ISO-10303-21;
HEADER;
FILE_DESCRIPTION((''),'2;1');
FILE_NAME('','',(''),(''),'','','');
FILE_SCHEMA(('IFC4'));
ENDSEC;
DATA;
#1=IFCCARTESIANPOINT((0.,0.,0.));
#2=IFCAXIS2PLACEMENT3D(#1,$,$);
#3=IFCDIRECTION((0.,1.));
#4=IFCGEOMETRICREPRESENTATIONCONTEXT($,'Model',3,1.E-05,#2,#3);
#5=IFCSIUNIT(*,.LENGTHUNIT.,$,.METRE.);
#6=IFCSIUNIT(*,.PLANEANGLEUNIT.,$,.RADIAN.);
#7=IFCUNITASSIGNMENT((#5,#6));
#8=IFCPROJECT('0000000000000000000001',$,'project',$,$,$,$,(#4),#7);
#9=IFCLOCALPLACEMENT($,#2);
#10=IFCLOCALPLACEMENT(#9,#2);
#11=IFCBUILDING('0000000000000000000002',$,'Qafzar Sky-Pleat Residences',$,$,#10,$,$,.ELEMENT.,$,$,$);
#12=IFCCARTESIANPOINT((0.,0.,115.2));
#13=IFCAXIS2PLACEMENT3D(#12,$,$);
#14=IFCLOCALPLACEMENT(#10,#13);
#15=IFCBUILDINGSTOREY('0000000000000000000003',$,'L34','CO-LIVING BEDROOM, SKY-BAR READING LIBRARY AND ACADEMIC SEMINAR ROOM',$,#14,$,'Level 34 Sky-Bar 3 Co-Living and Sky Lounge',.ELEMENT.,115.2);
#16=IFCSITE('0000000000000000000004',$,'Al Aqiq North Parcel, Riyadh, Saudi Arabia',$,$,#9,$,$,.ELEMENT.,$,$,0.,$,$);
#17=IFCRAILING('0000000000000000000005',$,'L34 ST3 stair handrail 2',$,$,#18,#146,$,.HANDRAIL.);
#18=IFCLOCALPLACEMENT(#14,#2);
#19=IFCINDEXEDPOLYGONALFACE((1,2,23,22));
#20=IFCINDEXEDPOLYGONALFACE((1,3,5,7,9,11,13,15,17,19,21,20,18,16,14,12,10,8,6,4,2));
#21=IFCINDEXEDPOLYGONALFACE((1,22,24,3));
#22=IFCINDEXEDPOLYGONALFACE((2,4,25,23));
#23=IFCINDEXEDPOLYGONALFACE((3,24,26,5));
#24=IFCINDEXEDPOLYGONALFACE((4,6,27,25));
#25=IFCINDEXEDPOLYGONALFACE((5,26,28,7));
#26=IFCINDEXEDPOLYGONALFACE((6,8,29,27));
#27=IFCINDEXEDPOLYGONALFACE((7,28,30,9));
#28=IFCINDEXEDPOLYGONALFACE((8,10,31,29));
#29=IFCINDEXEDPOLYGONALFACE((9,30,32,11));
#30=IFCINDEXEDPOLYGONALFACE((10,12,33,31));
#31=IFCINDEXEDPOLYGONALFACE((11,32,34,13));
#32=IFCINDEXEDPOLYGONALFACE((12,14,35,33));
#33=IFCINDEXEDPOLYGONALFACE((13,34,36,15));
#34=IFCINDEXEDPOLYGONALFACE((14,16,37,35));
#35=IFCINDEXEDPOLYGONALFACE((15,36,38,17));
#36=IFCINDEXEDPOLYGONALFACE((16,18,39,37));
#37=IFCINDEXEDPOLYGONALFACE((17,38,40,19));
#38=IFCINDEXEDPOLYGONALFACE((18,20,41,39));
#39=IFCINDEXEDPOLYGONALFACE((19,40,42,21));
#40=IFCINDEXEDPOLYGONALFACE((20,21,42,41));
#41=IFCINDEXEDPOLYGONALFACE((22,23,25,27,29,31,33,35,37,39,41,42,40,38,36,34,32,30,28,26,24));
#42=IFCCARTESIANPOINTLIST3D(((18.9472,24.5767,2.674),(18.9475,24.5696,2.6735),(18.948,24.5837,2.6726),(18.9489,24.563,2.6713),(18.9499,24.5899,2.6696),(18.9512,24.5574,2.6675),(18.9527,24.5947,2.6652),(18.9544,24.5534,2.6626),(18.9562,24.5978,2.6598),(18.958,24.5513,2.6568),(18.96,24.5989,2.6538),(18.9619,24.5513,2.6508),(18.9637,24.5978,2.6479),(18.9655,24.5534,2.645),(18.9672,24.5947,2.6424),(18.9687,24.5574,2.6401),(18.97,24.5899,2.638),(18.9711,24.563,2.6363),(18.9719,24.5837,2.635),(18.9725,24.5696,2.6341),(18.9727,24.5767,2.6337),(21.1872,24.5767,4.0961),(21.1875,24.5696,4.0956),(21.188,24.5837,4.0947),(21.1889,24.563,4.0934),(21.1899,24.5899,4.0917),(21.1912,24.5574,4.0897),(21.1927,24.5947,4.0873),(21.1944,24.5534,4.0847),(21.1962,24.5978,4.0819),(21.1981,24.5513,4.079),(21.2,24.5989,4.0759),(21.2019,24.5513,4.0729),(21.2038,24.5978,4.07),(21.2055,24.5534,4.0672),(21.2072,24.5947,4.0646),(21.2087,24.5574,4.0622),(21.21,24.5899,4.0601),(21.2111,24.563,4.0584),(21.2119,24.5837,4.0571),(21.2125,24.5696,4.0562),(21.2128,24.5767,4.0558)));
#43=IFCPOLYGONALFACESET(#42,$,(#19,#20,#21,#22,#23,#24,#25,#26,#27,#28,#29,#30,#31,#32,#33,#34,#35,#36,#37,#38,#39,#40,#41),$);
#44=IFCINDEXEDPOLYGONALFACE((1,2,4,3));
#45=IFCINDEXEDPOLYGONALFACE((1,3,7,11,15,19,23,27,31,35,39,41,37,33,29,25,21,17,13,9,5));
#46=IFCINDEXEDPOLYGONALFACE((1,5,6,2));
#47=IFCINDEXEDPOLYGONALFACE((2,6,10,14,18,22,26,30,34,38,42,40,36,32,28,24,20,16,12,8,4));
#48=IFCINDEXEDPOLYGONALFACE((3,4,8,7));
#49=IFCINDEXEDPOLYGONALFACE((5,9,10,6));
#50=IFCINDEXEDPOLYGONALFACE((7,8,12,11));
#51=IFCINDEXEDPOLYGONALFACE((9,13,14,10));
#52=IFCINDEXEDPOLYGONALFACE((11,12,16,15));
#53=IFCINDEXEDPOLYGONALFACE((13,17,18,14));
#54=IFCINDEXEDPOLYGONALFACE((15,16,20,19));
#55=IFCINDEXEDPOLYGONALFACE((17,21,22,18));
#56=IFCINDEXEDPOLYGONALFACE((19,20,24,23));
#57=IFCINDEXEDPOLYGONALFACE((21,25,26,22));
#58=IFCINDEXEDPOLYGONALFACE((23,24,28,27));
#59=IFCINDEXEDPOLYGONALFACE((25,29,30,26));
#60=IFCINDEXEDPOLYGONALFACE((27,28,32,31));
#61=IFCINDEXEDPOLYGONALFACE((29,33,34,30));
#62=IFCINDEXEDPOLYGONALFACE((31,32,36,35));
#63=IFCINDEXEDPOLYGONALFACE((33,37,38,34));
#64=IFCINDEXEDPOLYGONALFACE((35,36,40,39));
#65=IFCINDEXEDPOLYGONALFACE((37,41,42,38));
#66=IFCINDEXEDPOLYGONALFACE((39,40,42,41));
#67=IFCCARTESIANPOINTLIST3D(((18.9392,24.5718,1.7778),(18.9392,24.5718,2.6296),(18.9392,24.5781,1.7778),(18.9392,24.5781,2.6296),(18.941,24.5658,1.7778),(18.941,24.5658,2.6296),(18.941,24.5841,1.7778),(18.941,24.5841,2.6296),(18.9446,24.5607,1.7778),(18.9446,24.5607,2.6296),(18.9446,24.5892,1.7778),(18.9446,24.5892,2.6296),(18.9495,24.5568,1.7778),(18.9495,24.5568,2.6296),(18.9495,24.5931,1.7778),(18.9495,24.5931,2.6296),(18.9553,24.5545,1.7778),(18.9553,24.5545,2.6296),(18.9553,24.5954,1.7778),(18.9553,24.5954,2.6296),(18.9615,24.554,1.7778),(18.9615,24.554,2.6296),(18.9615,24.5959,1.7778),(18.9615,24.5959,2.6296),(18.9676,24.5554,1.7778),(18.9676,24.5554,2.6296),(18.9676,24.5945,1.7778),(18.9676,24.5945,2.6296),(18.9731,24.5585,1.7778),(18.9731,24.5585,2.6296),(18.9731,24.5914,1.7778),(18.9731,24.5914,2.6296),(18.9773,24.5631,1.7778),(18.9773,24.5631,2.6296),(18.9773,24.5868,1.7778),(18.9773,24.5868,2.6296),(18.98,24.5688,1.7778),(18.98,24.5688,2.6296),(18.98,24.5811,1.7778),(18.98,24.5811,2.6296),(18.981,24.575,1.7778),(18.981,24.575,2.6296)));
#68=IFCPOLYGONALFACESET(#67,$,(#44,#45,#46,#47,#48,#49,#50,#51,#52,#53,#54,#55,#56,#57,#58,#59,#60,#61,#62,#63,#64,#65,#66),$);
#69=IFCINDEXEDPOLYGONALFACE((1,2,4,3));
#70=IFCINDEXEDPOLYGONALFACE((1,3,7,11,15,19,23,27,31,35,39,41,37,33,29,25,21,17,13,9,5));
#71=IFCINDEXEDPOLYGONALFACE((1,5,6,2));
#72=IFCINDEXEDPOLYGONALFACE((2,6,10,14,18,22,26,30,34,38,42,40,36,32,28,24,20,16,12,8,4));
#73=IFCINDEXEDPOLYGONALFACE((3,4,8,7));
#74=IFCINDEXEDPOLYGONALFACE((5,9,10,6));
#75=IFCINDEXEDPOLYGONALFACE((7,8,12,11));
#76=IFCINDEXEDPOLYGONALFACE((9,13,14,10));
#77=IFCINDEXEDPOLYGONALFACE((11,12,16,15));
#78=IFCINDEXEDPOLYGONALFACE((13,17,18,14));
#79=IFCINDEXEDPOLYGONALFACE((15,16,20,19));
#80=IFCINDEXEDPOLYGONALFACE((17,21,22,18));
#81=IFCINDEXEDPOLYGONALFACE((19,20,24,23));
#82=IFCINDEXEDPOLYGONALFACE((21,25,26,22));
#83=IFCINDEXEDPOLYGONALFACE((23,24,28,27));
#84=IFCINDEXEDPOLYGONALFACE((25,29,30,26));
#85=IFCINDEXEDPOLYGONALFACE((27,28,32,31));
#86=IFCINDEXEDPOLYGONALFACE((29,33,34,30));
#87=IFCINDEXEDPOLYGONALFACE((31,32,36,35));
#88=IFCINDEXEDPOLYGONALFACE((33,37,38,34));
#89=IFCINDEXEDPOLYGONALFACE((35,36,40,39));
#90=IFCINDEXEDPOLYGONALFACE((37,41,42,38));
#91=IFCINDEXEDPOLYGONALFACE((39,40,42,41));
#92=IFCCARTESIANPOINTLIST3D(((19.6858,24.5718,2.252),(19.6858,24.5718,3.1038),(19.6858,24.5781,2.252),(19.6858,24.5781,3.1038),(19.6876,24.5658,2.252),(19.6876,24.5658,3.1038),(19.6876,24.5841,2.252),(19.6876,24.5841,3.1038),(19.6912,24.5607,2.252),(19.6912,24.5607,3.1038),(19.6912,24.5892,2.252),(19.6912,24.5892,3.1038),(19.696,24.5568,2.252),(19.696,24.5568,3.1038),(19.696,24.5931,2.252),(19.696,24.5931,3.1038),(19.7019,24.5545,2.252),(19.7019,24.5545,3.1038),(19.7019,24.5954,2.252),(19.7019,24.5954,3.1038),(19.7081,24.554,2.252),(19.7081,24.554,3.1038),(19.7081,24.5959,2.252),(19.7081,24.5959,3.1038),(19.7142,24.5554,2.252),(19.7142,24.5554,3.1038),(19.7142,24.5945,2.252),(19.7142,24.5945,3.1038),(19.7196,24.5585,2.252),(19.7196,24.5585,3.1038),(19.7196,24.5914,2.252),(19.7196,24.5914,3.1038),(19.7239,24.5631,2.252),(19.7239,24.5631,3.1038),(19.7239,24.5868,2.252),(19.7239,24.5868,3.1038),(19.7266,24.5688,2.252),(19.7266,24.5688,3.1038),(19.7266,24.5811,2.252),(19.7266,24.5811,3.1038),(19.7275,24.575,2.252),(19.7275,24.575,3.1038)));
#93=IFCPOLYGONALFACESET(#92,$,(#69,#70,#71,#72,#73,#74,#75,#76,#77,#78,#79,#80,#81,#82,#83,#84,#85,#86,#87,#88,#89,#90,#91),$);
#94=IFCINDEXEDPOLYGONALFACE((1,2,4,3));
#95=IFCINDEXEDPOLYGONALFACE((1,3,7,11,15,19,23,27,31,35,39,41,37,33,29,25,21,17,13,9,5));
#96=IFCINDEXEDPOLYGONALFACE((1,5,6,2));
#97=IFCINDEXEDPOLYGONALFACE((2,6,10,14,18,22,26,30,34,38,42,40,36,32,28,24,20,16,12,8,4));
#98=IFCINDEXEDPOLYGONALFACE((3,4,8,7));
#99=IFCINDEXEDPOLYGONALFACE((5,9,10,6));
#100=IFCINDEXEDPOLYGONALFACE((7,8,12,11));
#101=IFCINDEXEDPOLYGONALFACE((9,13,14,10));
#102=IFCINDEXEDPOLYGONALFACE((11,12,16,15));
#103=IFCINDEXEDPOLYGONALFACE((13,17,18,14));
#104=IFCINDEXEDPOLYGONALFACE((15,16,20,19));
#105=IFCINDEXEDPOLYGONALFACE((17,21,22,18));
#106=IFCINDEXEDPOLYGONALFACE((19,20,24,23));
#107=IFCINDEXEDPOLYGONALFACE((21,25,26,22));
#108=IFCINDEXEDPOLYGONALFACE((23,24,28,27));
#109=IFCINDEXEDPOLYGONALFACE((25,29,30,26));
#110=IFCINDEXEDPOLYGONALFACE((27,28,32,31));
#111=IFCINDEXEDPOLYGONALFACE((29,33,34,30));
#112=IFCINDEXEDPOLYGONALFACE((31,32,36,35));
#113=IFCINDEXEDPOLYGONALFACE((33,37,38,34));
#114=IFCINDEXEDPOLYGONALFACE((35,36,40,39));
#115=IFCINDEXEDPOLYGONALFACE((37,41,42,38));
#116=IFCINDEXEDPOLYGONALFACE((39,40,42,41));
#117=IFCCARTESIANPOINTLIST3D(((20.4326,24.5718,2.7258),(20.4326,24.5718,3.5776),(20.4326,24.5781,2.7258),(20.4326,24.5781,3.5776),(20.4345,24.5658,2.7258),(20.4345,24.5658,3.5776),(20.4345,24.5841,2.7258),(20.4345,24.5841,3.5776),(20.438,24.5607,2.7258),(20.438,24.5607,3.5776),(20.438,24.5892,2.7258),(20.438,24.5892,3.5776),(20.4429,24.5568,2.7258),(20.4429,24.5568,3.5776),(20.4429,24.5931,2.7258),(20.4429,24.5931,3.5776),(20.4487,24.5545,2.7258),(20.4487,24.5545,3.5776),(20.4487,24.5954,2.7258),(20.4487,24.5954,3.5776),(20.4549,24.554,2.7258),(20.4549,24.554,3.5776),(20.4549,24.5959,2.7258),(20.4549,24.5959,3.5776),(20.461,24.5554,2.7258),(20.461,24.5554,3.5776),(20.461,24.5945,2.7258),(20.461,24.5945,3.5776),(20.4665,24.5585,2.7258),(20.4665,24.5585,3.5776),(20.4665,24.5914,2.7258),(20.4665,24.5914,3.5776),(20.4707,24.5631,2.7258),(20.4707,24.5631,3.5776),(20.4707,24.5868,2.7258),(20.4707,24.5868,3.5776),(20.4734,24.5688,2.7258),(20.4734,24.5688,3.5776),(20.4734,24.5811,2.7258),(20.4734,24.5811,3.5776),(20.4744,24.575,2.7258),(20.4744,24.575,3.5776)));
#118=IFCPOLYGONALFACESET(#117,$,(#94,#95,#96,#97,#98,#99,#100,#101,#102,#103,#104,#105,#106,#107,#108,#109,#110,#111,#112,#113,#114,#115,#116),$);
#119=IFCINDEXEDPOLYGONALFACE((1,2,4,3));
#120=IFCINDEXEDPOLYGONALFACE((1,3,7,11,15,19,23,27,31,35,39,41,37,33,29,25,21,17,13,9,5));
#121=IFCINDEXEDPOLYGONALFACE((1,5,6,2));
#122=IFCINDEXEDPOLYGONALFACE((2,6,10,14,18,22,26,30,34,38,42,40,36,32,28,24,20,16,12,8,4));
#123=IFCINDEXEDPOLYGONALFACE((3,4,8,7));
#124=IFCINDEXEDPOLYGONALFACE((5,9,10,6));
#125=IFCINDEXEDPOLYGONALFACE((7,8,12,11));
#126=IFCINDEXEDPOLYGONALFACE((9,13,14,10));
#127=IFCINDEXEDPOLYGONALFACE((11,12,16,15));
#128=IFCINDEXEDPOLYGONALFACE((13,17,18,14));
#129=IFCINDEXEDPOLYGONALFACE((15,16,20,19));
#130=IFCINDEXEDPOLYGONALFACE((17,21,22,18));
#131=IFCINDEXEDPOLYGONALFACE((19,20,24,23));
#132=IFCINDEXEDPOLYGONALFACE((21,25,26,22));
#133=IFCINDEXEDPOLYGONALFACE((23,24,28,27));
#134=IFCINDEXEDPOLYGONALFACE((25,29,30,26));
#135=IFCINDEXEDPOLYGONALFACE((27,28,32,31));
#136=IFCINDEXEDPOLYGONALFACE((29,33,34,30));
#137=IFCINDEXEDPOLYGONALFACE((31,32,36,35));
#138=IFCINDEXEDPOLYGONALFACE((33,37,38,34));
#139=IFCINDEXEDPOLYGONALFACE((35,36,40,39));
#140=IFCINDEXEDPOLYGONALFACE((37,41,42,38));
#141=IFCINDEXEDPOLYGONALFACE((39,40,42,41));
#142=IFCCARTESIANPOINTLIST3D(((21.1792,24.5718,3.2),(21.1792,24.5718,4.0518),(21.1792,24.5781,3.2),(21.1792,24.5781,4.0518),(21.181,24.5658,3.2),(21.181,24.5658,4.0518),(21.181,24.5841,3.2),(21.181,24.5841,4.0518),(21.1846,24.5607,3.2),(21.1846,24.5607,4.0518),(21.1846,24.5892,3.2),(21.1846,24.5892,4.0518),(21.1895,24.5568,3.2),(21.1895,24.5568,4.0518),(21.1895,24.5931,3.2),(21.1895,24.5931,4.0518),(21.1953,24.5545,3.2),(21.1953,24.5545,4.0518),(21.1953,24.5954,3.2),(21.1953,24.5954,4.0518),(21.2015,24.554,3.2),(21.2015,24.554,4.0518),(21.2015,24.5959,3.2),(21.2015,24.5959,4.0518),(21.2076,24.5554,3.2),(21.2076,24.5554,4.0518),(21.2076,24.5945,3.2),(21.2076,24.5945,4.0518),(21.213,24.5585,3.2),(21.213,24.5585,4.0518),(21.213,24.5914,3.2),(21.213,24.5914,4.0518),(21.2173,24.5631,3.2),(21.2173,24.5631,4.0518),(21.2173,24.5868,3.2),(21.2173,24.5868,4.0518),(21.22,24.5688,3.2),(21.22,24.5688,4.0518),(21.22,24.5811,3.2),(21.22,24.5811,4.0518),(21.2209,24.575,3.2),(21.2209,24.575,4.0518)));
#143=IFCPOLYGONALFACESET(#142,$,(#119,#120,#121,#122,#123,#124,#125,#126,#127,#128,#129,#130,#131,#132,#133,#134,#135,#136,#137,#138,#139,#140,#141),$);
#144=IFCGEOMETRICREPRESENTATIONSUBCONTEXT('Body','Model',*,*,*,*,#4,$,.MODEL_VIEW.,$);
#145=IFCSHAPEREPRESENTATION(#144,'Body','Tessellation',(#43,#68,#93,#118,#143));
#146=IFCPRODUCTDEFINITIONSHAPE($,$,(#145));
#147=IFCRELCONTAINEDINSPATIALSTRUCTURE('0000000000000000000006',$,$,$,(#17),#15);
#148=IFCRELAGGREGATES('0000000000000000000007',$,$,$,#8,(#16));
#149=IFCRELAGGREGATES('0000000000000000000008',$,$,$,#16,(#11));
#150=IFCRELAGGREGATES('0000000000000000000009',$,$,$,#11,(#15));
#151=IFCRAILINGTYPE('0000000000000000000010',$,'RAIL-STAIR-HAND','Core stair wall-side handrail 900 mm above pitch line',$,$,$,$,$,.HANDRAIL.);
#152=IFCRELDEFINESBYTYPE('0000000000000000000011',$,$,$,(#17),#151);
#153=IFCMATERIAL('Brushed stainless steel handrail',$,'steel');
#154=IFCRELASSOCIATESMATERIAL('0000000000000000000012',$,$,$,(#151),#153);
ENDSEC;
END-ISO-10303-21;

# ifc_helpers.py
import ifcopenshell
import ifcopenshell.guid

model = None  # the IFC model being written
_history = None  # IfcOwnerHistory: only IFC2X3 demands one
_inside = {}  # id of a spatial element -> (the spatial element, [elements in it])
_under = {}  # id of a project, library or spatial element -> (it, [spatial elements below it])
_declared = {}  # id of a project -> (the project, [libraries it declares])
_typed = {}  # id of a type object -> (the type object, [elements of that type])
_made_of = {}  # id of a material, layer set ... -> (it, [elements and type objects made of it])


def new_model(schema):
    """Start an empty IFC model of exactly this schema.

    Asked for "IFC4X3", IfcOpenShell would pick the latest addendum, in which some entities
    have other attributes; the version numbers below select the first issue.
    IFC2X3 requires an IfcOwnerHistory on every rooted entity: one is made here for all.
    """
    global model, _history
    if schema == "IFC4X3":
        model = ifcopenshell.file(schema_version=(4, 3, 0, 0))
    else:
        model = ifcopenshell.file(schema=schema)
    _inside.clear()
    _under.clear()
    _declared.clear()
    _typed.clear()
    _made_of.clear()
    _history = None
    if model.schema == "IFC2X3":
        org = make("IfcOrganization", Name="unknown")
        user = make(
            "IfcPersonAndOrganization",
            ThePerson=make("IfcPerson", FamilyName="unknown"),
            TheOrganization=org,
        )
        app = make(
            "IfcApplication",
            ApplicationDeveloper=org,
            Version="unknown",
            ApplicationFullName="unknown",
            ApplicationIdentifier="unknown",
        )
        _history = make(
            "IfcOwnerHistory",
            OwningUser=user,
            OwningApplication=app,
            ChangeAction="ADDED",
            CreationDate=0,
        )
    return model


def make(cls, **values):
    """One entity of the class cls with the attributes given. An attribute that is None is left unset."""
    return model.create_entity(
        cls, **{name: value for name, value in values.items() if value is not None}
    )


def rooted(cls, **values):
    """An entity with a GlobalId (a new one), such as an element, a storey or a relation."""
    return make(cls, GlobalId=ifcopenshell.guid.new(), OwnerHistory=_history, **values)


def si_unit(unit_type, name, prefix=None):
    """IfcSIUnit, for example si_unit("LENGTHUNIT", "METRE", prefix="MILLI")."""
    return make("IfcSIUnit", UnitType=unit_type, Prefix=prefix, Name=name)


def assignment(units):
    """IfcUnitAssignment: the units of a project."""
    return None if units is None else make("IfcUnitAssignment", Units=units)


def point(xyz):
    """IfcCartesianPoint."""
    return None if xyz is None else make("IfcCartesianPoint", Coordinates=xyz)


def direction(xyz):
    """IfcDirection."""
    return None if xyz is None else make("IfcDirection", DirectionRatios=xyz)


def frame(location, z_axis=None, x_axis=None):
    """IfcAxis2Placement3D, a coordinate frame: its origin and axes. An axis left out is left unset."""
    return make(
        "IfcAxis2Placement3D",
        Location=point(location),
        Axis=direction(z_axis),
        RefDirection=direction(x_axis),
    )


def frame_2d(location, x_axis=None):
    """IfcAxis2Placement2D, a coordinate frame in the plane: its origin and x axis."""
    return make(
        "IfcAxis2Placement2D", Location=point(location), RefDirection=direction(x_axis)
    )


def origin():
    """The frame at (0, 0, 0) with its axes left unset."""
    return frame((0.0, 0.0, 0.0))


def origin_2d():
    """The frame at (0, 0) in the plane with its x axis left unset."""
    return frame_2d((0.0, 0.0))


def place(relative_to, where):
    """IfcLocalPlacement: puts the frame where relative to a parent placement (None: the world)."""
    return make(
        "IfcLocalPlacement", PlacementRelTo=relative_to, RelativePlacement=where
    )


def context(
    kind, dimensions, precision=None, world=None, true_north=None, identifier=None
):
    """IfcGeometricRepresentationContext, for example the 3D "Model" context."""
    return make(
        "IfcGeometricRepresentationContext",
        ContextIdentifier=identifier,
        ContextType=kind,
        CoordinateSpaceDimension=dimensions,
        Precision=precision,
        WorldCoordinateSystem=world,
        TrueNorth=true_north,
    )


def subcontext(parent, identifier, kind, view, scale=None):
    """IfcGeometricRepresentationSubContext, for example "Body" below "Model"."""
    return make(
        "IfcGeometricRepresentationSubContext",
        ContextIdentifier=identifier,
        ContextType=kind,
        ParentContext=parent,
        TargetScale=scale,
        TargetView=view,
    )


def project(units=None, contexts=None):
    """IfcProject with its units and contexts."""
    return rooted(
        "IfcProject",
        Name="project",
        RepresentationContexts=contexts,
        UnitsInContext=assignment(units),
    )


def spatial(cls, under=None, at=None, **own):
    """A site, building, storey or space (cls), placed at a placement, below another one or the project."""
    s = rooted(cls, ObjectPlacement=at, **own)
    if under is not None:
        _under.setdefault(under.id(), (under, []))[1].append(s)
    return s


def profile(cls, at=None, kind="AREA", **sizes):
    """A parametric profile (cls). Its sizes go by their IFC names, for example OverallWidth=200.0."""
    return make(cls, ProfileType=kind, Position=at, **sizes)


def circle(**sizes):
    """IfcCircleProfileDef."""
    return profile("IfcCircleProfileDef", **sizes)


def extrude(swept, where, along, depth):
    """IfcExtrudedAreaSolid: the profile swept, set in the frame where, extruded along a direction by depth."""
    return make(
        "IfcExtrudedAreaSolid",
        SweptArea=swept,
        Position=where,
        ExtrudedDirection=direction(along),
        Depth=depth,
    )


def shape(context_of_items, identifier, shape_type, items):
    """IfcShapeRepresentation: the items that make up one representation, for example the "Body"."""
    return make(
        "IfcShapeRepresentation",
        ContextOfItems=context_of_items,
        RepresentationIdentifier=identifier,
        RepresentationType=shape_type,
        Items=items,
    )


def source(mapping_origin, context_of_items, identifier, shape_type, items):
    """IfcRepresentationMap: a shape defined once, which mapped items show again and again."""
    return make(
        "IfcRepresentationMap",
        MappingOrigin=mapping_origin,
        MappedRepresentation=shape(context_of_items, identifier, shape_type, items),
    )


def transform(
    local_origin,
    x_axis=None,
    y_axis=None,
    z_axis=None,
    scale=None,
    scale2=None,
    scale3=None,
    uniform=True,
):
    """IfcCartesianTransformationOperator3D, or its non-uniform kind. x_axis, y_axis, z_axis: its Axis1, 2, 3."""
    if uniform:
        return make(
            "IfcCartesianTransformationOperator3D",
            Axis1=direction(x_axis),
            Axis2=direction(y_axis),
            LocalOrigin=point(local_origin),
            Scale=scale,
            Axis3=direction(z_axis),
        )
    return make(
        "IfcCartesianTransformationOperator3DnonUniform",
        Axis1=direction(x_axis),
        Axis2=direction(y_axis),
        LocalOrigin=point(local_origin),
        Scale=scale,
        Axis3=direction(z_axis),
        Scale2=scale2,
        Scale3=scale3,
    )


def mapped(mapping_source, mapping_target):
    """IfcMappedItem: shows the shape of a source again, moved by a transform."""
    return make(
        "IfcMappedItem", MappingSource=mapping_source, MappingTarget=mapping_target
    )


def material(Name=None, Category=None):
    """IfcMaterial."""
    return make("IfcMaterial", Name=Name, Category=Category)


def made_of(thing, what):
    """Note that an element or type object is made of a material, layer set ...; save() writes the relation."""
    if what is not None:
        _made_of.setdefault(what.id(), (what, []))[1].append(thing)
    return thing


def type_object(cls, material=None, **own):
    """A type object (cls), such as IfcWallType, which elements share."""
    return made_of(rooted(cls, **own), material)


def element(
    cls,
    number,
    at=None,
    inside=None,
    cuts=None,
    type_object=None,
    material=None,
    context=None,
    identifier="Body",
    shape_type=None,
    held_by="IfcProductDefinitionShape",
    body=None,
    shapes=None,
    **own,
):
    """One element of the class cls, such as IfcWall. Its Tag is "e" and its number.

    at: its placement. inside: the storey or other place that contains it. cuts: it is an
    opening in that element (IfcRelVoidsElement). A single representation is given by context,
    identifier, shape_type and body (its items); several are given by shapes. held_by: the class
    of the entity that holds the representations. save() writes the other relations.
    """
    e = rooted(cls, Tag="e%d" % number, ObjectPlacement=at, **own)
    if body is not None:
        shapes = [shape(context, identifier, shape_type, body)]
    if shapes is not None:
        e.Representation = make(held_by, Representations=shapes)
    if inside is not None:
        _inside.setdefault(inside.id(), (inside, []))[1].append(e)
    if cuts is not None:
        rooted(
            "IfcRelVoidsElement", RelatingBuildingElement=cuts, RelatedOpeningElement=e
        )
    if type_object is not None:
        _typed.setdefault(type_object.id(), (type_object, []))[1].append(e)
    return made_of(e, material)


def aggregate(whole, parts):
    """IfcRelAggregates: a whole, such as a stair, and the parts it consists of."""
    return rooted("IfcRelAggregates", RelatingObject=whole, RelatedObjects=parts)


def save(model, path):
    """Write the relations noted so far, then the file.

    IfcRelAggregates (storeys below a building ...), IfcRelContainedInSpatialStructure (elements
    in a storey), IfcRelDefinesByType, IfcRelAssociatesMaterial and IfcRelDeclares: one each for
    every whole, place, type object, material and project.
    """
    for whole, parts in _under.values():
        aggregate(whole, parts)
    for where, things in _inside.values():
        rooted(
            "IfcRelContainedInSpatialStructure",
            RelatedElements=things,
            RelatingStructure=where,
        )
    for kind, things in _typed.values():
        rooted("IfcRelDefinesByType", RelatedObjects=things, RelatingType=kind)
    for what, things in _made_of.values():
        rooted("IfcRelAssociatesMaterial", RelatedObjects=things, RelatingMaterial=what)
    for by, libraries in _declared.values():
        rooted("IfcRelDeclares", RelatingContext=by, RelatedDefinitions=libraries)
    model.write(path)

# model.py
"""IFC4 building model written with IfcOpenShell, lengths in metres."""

from ifc_helpers import new_model, si_unit, direction, frame, origin, origin_2d, place, context, subcontext, project, spatial, circle, extrude, source, transform, mapped, material, type_object, element, save


model = new_model("IFC4")

# Units and contexts
model_context = context("Model", 3, precision=1e-05, world=origin(), true_north=direction((0.0, 1.0)))
body_context = subcontext(model_context, "Body", "Model", "MODEL_VIEW")
ifc_project = project(units=[si_unit("LENGTHUNIT", "METRE"), si_unit("PLANEANGLEUNIT", "RADIAN")], contexts=[model_context])

# Site, building, storey
site_placement = place(None, origin())
site = spatial("IfcSite", under=ifc_project, at=site_placement, Name="Al Aqiq North Parcel, Riyadh, Saudi Arabia", CompositionType="ELEMENT", RefElevation=0.0)
building_placement = place(site_placement, origin())
building = spatial("IfcBuilding", under=site, at=building_placement, Name="Qafzar Sky-Pleat Residences", CompositionType="ELEMENT")
storey_placement = place(building_placement, frame((0.0, 0.0, 115.2)))
storey = spatial("IfcBuildingStorey", under=building, at=storey_placement, Name="L34", Description="CO-LIVING BEDROOM, SKY-BAR READING LIBRARY AND ACADEMIC SEMINAR ROOM", LongName="Level 34 Sky-Bar 3 Co-Living and Sky Lounge", CompositionType="ELEMENT", Elevation=115.2)

# Railing
ifc_material_1 = material(Name="Brushed stainless steel handrail", Category="steel")
railing_type_1 = type_object("IfcRailingType", Name="RAIL-STAIR-HAND", Description="Core stair wall-side handrail 900 mm above pitch line", PredefinedType="HANDRAIL", material=ifc_material_1)
shared_shape_1 = source(origin(), body_context, "Body", "SweptSolid", [
    extrude(circle(Radius=0.0239, at=origin_2d()), frame((0.0, 0.0, 0.876), z_axis=(0.844229, 0.0, 0.535982), x_axis=(0.0, 1.0, 0.0)), (0.0, 0.0, 1.0), 2.6533),
    extrude(circle(Radius=0.021, at=origin_2d()), origin(), (0.0, 0.0, 1.0), 0.8518),
    extrude(circle(Radius=0.021, at=origin_2d()), frame((0.7466, 0.0, 0.4741)), (0.0, 0.0, 1.0), 0.8518),
    extrude(circle(Radius=0.021, at=origin_2d()), frame((1.4934, 0.0, 0.948)), (0.0, 0.0, 1.0), 0.8518),
    extrude(circle(Radius=0.021, at=origin_2d()), frame((2.24, 0.0, 1.4221)), (0.0, 0.0, 1.0), 0.8518),
])
railing_1_placement = place(storey_placement, frame((18.96, 24.575, 1.7778)))
element("IfcRailing", 1, at=railing_1_placement, inside=storey, type_object=railing_type_1, Name="L34 ST3 stair handrail 2", PredefinedType="HANDRAIL", context=body_context, shape_type="MappedRepresentation", body=[
    mapped(shared_shape_1, transform((0.0, 0.0, 0.0), x_axis=(1.0, 0.0, 0.0), y_axis=(0.0, 1.0, 0.0), z_axis=(0.0, 0.0, 1.0), scale=1.0)),
])

save(model, "model.ifc")
